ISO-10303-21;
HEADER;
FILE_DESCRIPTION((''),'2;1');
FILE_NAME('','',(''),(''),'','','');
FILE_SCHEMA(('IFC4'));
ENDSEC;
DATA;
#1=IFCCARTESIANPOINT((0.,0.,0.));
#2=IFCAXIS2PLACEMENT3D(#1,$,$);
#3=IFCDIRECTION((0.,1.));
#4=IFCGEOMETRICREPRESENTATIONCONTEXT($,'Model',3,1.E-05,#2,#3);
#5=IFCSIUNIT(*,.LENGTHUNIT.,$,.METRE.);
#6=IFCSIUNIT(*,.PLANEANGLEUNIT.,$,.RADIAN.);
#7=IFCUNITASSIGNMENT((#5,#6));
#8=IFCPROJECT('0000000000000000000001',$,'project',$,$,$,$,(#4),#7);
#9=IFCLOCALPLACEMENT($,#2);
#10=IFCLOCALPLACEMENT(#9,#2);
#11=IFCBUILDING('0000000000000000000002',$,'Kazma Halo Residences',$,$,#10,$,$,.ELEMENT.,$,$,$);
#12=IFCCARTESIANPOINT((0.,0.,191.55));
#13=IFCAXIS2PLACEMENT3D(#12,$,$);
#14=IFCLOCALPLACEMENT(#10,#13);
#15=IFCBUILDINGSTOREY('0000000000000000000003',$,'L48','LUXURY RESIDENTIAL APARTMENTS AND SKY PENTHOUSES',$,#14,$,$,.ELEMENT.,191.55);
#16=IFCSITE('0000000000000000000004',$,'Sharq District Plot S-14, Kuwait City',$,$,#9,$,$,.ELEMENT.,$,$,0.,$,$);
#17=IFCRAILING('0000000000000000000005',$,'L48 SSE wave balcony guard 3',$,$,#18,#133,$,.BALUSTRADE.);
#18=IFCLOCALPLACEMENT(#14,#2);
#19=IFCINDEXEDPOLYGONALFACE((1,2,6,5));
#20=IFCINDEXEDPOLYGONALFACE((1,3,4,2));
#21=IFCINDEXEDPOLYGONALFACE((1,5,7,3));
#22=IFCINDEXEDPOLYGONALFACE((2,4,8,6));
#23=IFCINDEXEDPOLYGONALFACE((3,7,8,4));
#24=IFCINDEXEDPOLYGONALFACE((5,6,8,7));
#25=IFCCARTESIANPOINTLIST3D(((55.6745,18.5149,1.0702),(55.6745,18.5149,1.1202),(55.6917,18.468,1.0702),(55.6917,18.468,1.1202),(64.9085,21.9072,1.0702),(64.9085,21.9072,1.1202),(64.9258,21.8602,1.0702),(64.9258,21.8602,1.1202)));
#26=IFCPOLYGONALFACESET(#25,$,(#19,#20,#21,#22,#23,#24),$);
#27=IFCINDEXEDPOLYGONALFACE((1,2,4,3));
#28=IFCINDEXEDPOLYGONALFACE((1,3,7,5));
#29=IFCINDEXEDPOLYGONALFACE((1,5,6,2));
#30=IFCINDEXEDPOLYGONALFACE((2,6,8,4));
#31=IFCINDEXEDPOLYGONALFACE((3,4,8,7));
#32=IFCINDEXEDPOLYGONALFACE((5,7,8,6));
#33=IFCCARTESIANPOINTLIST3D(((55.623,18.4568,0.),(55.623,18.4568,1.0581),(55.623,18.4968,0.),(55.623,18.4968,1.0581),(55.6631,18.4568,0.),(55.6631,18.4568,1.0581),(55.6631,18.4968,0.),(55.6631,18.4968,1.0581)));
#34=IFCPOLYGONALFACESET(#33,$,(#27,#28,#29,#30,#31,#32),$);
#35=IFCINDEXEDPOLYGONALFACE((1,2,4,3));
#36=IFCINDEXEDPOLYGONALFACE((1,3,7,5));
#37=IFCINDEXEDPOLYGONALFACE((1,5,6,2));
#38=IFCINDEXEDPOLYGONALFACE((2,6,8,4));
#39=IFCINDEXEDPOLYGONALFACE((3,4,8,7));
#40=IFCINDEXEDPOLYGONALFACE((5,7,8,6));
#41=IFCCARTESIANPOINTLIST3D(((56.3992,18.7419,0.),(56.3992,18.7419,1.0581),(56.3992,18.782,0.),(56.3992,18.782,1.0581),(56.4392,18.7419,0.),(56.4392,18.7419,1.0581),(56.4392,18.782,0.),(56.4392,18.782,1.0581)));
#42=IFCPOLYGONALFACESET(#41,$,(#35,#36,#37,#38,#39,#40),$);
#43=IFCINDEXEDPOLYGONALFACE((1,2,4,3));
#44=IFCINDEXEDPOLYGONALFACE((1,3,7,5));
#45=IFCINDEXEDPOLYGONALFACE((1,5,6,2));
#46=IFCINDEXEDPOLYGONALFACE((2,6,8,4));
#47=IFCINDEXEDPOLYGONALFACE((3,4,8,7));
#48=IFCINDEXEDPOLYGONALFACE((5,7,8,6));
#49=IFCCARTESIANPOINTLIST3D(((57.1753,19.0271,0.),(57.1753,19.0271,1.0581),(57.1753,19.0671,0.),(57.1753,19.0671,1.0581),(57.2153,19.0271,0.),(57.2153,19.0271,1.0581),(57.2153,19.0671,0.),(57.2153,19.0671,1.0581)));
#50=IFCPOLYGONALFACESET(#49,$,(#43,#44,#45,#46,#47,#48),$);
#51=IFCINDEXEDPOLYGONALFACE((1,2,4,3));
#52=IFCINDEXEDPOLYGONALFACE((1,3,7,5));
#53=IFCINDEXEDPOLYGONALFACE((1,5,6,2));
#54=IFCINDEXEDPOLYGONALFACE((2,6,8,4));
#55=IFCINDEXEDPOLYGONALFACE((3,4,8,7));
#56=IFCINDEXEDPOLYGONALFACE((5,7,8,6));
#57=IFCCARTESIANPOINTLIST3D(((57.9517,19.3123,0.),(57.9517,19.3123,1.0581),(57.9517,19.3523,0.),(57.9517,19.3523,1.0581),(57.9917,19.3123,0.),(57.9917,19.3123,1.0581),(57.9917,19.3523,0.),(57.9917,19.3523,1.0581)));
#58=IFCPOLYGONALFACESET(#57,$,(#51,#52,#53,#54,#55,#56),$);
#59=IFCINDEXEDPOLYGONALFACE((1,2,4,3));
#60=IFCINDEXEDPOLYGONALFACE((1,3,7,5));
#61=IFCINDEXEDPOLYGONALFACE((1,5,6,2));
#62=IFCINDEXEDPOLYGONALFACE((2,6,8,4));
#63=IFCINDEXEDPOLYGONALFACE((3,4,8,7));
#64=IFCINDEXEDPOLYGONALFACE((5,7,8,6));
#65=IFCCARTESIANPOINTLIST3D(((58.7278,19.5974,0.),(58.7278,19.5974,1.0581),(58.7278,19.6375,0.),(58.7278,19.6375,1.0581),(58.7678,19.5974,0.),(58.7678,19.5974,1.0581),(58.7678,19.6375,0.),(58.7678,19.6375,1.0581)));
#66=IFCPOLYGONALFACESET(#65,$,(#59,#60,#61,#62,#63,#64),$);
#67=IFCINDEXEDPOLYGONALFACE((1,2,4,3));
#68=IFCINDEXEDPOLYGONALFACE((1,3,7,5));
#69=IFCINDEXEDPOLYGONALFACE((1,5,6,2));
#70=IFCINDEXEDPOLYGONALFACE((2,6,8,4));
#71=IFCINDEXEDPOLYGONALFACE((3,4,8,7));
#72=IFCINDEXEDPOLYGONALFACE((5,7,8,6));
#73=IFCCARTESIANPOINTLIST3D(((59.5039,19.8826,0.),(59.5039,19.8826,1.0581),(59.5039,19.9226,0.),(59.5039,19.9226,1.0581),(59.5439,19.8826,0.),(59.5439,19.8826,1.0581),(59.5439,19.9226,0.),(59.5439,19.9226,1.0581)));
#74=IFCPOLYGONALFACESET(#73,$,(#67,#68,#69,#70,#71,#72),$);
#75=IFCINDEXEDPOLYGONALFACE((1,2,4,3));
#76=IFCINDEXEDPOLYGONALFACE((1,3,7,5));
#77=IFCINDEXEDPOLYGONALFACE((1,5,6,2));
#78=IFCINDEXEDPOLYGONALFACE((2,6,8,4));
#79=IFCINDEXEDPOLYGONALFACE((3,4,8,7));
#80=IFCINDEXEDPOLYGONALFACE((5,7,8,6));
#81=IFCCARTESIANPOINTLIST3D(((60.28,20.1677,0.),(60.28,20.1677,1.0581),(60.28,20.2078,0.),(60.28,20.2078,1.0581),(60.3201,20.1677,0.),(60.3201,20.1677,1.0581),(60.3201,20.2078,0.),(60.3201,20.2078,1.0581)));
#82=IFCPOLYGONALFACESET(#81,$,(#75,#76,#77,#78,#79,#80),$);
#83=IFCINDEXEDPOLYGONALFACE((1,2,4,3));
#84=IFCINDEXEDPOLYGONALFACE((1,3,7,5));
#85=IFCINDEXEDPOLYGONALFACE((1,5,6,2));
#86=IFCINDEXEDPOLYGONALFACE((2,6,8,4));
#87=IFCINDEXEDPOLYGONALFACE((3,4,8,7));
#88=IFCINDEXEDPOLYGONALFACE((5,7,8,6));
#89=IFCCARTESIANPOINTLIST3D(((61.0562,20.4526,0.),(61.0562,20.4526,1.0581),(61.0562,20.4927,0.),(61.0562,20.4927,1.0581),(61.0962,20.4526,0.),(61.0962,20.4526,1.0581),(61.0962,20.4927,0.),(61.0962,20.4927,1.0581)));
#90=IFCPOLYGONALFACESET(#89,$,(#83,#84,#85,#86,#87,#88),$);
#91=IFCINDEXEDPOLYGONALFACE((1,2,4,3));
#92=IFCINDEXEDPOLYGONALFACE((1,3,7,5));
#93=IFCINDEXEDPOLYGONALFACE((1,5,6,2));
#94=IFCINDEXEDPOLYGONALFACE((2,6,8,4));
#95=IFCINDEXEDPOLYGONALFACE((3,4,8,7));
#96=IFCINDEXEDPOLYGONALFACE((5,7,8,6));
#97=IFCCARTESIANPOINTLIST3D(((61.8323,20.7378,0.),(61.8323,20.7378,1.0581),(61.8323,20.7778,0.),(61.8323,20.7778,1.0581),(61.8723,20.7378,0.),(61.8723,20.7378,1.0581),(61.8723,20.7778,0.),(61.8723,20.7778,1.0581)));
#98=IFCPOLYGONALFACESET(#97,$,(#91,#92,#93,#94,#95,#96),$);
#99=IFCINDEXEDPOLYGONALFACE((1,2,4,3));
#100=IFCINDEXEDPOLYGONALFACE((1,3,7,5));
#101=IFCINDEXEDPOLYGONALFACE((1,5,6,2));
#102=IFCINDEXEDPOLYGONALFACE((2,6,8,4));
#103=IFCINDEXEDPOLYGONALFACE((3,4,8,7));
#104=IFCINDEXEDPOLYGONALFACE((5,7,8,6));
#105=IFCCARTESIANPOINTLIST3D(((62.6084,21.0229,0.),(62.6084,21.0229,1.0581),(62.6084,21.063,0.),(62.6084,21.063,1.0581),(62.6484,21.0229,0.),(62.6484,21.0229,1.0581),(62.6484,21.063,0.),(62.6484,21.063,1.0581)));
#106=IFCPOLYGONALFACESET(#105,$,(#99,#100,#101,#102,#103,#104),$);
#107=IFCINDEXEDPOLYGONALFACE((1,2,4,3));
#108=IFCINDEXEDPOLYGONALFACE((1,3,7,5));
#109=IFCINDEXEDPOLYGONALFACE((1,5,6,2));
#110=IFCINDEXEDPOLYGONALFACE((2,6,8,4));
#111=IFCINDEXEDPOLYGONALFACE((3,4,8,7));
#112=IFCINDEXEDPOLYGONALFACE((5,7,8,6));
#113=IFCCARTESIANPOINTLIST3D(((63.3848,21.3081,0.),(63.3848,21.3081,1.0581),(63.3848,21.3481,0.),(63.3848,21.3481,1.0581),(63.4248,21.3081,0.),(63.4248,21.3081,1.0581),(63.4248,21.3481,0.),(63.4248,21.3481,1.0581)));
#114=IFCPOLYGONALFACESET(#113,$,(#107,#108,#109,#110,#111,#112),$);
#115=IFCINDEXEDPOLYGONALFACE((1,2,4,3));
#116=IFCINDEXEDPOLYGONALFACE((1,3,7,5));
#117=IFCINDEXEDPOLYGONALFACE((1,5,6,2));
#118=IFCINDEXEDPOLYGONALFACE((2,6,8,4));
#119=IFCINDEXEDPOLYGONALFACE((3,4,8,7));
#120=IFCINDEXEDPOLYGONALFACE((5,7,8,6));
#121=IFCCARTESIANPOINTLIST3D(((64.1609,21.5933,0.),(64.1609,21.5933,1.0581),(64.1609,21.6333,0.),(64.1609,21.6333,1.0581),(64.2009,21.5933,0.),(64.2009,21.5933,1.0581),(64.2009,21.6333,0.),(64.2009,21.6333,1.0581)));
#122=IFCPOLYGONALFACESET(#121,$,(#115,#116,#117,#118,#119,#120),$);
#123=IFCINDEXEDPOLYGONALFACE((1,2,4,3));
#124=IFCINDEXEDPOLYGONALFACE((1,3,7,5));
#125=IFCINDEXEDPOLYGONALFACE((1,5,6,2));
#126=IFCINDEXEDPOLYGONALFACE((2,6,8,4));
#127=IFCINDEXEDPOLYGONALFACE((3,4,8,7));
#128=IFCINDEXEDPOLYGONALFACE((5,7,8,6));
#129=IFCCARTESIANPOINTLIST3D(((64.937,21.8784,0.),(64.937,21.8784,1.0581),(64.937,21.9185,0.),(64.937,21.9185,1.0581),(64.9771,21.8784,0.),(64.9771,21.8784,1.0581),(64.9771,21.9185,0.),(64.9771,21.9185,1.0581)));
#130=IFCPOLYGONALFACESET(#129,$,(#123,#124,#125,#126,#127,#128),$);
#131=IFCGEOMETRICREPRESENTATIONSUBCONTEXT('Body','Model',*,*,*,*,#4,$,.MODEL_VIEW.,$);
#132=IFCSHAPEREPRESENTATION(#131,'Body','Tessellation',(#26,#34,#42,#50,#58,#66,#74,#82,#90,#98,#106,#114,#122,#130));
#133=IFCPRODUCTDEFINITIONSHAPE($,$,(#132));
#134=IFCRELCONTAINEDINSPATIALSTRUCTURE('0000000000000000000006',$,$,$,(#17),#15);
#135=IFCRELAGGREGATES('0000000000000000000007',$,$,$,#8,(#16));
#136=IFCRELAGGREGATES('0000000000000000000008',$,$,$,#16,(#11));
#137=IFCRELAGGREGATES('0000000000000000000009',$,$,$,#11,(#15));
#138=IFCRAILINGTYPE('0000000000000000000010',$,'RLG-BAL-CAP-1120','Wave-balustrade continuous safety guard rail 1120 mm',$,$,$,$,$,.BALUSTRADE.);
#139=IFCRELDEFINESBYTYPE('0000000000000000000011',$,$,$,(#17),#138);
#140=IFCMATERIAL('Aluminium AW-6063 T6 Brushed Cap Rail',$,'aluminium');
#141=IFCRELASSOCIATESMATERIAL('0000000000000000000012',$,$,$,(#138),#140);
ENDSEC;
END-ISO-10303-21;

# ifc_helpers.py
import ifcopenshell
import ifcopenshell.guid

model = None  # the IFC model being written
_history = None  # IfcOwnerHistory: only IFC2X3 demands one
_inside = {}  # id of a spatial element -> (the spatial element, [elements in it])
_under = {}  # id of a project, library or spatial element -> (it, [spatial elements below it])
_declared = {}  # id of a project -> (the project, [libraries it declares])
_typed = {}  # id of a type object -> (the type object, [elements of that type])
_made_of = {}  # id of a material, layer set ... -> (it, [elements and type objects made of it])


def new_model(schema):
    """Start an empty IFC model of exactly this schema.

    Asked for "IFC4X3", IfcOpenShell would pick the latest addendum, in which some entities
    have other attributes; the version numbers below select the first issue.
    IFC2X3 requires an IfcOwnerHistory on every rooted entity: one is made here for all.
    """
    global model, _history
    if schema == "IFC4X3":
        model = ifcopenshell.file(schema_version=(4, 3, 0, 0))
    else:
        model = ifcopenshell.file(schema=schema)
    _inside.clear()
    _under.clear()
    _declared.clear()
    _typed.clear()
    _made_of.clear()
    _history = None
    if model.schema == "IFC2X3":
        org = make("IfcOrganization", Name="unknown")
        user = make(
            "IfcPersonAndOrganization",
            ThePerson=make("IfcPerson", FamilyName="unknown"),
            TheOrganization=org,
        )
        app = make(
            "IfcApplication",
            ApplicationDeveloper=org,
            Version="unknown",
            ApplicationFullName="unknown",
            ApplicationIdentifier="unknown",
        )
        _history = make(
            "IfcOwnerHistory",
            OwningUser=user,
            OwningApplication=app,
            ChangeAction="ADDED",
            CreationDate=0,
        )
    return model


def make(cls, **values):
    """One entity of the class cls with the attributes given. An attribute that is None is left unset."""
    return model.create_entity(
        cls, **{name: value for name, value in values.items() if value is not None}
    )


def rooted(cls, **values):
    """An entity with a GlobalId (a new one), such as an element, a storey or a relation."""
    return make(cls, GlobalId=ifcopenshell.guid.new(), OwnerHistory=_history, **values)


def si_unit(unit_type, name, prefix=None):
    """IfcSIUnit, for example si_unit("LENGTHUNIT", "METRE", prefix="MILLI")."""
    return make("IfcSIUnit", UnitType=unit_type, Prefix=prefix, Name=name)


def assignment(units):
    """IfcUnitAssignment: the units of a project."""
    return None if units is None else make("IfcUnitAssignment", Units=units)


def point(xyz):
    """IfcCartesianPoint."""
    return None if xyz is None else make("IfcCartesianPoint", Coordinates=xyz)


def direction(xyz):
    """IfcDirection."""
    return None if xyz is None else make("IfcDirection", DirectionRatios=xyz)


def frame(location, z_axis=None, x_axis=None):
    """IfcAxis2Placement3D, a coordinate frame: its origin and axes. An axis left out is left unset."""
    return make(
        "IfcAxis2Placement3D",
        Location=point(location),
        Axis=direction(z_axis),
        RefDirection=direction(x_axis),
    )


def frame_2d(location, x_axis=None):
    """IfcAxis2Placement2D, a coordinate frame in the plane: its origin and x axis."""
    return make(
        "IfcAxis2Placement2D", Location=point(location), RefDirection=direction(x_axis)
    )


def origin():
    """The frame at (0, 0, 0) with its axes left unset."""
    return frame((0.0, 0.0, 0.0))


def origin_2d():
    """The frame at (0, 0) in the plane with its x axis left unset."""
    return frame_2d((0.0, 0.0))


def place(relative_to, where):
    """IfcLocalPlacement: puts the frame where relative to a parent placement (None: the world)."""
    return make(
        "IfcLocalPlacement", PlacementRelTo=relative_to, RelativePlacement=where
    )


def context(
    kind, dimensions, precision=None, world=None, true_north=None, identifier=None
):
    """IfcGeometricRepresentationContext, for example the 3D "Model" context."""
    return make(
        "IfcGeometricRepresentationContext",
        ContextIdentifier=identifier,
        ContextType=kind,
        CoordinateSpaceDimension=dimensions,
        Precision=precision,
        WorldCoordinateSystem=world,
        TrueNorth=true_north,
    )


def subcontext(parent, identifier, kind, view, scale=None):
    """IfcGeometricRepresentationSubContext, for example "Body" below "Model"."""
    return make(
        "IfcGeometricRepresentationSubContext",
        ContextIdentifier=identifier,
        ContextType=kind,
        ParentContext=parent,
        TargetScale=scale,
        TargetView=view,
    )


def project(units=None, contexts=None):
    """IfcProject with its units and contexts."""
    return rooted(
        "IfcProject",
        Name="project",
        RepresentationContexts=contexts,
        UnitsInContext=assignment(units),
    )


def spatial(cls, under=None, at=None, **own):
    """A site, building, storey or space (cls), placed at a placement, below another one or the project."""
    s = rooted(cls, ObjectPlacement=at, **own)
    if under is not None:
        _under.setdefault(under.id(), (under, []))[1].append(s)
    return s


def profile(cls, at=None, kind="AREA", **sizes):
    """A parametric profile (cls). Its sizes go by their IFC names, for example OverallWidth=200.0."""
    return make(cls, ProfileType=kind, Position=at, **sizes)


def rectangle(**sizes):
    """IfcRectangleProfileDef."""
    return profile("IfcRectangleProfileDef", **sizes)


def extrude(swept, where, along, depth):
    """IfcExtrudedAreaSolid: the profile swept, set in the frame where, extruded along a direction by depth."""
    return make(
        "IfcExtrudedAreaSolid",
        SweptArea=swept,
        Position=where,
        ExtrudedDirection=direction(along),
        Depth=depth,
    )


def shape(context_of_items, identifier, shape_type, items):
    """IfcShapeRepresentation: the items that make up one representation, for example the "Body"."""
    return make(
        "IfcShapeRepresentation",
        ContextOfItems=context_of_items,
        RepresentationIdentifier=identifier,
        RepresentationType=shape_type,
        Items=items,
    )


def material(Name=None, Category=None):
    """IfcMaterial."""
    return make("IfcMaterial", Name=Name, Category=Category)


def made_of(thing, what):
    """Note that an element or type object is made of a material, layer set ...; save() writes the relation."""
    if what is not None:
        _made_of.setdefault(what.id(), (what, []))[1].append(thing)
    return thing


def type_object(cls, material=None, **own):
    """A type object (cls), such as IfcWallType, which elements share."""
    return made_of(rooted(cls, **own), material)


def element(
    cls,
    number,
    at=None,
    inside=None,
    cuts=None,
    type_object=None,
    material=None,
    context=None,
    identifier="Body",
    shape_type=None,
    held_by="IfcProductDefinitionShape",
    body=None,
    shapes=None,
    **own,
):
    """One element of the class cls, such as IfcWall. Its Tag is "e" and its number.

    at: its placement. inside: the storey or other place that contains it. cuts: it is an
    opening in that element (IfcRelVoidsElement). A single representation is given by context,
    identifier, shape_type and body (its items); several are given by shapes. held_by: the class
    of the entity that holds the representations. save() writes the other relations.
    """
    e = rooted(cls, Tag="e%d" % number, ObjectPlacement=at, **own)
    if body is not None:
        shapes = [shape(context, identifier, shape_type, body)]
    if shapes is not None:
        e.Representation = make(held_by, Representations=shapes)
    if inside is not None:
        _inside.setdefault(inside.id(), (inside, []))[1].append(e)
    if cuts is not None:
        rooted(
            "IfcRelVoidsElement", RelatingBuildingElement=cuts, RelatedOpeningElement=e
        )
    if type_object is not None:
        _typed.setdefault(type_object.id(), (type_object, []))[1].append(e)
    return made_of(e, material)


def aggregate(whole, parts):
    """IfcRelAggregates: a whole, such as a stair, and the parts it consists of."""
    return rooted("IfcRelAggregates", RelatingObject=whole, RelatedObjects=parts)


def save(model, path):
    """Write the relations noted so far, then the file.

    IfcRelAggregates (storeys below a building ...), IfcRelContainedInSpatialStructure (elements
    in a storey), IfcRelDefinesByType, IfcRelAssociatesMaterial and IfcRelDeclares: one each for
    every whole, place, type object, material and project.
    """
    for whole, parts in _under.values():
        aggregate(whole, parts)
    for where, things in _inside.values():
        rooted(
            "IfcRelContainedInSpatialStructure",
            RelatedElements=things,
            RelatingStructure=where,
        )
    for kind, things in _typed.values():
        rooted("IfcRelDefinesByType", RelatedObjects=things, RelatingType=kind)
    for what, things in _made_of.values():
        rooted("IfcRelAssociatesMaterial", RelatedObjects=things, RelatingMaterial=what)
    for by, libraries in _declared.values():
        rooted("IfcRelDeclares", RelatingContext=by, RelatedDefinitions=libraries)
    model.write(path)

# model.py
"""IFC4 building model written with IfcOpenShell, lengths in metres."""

from ifc_helpers import new_model, si_unit, direction, frame, origin, origin_2d, place, context, subcontext, project, spatial, rectangle, extrude, material, type_object, element, save


model = new_model("IFC4")

# Units and contexts
model_context = context("Model", 3, precision=1e-05, world=origin(), true_north=direction((0.0, 1.0)))
body_context = subcontext(model_context, "Body", "Model", "MODEL_VIEW")
ifc_project = project(units=[si_unit("LENGTHUNIT", "METRE"), si_unit("PLANEANGLEUNIT", "RADIAN")], contexts=[model_context])

# Site, building, storey
site_placement = place(None, origin())
site = spatial("IfcSite", under=ifc_project, at=site_placement, Name="Sharq District Plot S-14, Kuwait City", CompositionType="ELEMENT", RefElevation=0.0)
building_placement = place(site_placement, origin())
building = spatial("IfcBuilding", under=site, at=building_placement, Name="Kazma Halo Residences", CompositionType="ELEMENT")
storey_placement = place(building_placement, frame((0.0, 0.0, 191.55)))
storey = spatial("IfcBuildingStorey", under=building, at=storey_placement, Name="L48", Description="LUXURY RESIDENTIAL APARTMENTS AND SKY PENTHOUSES", CompositionType="ELEMENT", Elevation=191.55)

# Railing
ifc_material_1 = material(Name="Aluminium AW-6063 T6 Brushed Cap Rail", Category="aluminium")
railing_type = type_object("IfcRailingType", Name="RLG-BAL-CAP-1120", Description="Wave-balustrade continuous safety guard rail 1120 mm", PredefinedType="BALUSTRADE", material=ifc_material_1)
railing_1_placement = place(storey_placement, frame((55.6431, 18.4768, 0.0)))
element("IfcRailing", 1, at=railing_1_placement, inside=storey, type_object=railing_type, Name="L48 SSE wave balcony guard 3", PredefinedType="BALUSTRADE", context=body_context, shape_type="SweptSolid", body=[
    extrude(rectangle(XDim=0.05, YDim=0.05, at=origin_2d()), frame((0.04, 0.0146, 1.0952), z_axis=(0.938664, 0.344833, 0.0), x_axis=(-0.344833, 0.938664, 0.0)), (0.0, 0.0, 1.0), 9.8374),
    extrude(rectangle(XDim=0.04, YDim=0.04, at=origin_2d()), origin(), (0.0, 0.0, 1.0), 1.0581),
    extrude(rectangle(XDim=0.04, YDim=0.04, at=origin_2d()), frame((0.7761, 0.2852, 0.0)), (0.0, 0.0, 1.0), 1.0581),
    extrude(rectangle(XDim=0.04, YDim=0.04, at=origin_2d()), frame((1.5522, 0.5703, 0.0)), (0.0, 0.0, 1.0), 1.0581),
    extrude(rectangle(XDim=0.04, YDim=0.04, at=origin_2d()), frame((2.3286, 0.8555, 0.0)), (0.0, 0.0, 1.0), 1.0581),
    extrude(rectangle(XDim=0.04, YDim=0.04, at=origin_2d()), frame((3.1047, 1.1406, 0.0)), (0.0, 0.0, 1.0), 1.0581),
    extrude(rectangle(XDim=0.04, YDim=0.04, at=origin_2d()), frame((3.8809, 1.4258, 0.0)), (0.0, 0.0, 1.0), 1.0581),
    extrude(rectangle(XDim=0.04, YDim=0.04, at=origin_2d()), frame((4.657, 1.7109, 0.0)), (0.0, 0.0, 1.0), 1.0581),
    extrude(rectangle(XDim=0.04, YDim=0.04, at=origin_2d()), frame((5.4331, 1.9958, 0.0)), (0.0, 0.0, 1.0), 1.0581),
    extrude(rectangle(XDim=0.04, YDim=0.04, at=origin_2d()), frame((6.2092, 2.281, 0.0)), (0.0, 0.0, 1.0), 1.0581),
    extrude(rectangle(XDim=0.04, YDim=0.04, at=origin_2d()), frame((6.9854, 2.5662, 0.0)), (0.0, 0.0, 1.0), 1.0581),
    extrude(rectangle(XDim=0.04, YDim=0.04, at=origin_2d()), frame((7.7617, 2.8513, 0.0)), (0.0, 0.0, 1.0), 1.0581),
    extrude(rectangle(XDim=0.04, YDim=0.04, at=origin_2d()), frame((8.5378, 3.1365, 0.0)), (0.0, 0.0, 1.0), 1.0581),
    extrude(rectangle(XDim=0.04, YDim=0.04, at=origin_2d()), frame((9.314, 3.4216, 0.0)), (0.0, 0.0, 1.0), 1.0581),
])

save(model, "model.ifc")
